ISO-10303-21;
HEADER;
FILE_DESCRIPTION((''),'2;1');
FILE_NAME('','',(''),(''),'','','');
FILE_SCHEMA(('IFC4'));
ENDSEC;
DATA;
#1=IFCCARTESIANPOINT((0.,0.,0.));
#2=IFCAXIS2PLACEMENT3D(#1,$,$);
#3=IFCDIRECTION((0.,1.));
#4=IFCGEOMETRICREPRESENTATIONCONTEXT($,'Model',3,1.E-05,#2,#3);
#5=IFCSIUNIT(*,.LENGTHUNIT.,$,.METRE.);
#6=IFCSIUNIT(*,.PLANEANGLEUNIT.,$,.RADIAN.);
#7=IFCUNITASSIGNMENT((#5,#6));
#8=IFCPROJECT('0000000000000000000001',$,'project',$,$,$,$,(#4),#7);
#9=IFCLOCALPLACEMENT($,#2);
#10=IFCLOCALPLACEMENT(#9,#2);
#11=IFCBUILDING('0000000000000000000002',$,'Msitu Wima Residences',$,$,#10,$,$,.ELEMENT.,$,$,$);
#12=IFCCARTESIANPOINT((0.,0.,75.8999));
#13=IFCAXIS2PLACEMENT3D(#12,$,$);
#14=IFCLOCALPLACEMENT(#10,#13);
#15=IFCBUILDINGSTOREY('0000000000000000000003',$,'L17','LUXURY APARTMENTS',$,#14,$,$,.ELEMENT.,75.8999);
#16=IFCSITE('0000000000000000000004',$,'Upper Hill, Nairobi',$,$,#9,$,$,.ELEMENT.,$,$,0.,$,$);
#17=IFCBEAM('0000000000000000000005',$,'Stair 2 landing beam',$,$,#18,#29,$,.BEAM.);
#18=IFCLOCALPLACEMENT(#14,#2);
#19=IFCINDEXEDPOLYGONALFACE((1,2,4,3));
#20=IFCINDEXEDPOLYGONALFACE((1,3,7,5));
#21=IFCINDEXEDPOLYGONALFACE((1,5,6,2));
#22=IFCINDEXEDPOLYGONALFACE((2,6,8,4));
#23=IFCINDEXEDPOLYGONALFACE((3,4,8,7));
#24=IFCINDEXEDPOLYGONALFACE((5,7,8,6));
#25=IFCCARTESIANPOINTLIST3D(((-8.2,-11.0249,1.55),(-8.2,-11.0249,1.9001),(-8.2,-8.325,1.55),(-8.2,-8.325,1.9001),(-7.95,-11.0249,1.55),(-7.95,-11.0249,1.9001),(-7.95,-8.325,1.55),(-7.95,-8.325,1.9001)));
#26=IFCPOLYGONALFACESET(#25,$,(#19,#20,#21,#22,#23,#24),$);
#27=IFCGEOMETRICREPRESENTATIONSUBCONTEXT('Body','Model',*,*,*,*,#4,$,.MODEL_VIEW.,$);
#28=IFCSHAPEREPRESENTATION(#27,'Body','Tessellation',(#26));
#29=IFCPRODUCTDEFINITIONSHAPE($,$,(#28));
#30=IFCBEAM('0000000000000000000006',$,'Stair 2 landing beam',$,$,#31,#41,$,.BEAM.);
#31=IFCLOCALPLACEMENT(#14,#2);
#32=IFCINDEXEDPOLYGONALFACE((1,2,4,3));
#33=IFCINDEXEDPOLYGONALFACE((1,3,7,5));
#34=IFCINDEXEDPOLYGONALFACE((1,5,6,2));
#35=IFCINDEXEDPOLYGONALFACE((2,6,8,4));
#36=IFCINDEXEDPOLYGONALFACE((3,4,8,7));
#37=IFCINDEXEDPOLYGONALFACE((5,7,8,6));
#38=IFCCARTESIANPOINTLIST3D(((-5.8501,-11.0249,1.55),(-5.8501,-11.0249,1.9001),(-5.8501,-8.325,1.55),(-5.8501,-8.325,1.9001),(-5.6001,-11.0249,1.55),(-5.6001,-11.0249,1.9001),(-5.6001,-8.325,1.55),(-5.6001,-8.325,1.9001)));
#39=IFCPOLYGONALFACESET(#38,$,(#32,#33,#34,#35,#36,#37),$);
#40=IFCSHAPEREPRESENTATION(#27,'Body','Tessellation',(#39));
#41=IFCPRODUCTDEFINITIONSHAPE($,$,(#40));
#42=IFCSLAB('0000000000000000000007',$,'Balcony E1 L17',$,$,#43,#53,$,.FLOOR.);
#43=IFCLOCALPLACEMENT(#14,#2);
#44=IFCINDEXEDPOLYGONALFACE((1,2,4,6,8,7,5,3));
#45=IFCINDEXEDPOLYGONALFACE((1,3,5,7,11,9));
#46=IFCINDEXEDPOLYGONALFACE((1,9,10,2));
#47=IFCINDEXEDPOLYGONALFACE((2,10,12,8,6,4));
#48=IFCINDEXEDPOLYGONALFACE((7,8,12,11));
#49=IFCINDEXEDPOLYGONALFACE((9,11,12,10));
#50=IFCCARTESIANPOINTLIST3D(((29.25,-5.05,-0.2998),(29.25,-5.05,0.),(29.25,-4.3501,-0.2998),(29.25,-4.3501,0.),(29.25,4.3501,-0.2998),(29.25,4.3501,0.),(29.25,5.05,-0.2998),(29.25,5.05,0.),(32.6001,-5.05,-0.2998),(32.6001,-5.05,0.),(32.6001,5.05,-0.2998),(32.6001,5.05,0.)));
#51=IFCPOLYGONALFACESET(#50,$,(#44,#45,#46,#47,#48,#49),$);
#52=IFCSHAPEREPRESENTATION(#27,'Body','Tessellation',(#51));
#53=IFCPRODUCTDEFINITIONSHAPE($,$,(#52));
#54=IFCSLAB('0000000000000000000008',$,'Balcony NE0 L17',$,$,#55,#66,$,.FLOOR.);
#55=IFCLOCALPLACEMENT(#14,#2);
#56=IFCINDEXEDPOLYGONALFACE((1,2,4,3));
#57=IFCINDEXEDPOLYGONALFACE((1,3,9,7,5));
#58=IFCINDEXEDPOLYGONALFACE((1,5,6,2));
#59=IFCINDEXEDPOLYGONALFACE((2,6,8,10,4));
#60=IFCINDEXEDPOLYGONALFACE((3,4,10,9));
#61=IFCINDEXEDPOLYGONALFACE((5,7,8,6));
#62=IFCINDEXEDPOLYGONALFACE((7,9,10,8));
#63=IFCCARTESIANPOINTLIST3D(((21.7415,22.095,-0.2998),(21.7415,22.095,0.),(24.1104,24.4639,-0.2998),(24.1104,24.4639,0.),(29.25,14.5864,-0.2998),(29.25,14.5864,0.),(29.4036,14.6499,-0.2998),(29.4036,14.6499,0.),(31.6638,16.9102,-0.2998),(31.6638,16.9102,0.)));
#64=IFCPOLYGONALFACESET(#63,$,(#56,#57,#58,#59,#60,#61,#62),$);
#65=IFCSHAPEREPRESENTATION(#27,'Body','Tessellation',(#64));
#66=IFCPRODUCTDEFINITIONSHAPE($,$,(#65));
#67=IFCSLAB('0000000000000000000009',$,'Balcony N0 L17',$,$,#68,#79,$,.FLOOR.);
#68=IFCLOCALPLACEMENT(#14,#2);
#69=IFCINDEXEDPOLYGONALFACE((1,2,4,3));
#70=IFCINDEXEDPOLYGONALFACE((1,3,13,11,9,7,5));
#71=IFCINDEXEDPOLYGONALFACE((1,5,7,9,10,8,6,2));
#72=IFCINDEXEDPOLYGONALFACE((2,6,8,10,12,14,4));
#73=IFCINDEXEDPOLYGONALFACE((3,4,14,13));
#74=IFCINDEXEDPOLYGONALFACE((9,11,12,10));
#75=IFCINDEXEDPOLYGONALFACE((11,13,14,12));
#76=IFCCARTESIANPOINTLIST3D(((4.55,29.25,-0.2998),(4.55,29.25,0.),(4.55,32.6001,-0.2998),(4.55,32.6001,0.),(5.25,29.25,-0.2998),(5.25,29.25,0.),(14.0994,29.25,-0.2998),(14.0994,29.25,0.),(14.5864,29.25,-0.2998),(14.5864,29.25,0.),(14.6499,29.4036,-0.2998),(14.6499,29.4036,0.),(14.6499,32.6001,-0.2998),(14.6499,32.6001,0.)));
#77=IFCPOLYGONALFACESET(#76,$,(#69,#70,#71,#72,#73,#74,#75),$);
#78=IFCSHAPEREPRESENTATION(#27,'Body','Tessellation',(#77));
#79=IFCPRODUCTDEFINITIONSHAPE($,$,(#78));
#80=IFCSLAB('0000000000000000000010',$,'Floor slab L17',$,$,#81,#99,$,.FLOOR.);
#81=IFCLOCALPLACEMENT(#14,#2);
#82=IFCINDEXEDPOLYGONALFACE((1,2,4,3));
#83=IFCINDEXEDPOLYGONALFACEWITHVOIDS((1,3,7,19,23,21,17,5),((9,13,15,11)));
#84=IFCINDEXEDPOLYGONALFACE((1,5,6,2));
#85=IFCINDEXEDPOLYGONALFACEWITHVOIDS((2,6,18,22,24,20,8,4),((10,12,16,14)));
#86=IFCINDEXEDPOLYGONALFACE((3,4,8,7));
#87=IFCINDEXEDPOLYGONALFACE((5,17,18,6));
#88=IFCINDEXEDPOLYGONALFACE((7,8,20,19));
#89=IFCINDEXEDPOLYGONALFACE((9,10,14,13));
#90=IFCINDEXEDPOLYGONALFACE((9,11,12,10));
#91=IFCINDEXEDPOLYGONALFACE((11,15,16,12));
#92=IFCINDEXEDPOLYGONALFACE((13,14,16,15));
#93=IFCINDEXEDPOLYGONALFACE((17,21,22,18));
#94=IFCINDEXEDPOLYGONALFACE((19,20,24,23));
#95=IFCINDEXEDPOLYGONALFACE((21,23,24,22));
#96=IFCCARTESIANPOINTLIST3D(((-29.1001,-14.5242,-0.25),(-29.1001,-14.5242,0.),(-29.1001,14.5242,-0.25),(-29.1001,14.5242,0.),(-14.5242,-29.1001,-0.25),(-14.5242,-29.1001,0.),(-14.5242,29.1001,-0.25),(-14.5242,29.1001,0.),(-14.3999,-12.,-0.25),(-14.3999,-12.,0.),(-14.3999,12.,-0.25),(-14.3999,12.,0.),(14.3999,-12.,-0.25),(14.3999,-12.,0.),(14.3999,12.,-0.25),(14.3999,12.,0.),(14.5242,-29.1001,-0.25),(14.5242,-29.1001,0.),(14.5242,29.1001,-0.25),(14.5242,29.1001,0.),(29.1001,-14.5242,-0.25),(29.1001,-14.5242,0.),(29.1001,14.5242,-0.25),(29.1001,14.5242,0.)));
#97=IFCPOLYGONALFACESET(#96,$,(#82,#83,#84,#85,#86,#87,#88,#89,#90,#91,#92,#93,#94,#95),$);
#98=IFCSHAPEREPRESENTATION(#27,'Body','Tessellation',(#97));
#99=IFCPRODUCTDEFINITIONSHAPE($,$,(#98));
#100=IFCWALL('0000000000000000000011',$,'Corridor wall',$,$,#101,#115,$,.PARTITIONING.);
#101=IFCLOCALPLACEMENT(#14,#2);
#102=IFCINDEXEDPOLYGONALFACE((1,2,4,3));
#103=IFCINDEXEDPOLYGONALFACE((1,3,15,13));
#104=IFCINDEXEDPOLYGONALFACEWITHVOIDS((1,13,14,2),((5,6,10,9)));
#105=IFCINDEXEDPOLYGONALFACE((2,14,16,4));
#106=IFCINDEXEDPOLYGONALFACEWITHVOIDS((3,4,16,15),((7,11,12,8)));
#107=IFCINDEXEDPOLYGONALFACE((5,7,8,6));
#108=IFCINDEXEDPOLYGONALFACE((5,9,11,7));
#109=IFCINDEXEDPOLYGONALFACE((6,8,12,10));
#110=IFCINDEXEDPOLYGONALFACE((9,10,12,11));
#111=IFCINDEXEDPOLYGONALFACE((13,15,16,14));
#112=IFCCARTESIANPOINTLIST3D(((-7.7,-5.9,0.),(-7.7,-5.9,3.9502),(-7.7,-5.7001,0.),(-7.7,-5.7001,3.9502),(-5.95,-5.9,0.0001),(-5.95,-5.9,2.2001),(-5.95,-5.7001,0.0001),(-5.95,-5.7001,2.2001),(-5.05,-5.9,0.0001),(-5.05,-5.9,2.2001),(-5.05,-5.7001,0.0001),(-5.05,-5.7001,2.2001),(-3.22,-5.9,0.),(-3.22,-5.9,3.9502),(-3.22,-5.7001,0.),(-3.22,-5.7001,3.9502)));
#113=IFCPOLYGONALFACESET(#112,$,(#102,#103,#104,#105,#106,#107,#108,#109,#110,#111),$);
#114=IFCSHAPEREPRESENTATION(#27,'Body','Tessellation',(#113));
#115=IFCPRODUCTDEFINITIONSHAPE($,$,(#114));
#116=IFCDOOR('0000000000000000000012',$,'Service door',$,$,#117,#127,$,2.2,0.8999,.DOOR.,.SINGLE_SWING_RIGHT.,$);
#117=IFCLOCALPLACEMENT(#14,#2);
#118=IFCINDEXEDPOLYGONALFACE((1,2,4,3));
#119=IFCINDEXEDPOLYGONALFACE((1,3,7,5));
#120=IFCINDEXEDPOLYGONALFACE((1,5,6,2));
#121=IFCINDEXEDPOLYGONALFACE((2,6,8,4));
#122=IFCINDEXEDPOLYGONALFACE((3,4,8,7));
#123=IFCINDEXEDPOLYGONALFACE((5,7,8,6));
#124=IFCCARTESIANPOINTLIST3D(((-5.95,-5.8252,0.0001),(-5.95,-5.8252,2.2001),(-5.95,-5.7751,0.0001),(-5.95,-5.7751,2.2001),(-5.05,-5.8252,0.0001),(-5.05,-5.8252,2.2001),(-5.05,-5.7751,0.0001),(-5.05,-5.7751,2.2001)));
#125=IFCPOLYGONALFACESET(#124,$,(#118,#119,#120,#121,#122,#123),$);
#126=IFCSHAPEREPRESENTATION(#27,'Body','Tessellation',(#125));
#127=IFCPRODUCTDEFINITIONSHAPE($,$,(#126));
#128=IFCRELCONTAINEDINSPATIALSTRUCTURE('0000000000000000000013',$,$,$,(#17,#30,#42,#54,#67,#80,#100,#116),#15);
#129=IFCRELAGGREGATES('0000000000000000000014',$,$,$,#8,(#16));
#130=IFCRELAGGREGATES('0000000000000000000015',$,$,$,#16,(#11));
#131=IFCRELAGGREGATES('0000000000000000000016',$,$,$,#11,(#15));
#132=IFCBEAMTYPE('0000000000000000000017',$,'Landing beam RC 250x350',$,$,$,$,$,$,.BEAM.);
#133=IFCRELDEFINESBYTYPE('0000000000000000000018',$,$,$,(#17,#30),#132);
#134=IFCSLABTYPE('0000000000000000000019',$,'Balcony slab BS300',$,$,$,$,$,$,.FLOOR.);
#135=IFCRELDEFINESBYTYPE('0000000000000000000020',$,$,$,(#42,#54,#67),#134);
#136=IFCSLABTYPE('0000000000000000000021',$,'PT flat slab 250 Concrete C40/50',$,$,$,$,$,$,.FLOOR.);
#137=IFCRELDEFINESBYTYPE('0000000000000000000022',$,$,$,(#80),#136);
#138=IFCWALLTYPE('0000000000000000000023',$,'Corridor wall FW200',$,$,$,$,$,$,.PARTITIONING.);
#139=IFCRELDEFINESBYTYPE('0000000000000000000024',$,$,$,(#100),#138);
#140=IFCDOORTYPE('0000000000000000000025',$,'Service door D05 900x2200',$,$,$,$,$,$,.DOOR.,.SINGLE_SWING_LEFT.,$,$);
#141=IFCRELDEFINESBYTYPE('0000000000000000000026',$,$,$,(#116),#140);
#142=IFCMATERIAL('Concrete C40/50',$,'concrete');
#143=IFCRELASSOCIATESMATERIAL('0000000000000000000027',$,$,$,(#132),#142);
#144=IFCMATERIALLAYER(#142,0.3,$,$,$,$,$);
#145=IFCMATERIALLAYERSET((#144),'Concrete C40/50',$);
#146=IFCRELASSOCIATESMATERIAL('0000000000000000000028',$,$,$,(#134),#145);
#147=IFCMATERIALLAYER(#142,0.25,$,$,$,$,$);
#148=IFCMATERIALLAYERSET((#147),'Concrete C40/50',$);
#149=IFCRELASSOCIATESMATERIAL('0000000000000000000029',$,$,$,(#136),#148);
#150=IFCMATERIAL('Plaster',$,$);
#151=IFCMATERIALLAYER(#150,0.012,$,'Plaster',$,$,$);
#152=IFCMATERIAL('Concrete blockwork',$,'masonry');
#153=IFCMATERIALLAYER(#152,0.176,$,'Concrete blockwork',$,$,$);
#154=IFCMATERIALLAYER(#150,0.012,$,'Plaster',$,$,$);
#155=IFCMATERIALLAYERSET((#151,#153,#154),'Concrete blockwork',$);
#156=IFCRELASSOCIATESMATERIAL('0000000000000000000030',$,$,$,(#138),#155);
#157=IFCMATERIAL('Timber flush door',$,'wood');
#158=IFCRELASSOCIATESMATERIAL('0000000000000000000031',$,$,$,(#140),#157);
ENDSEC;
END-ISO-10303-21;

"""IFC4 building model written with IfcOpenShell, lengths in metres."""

from ifc_helpers import new_model, si_unit, direction, frame, frame_2d, origin, origin_2d, place, context, subcontext, project, spatial, polyline, rectangle, outline, extrude, material, layer, layer_set, material_profile, profile_set, type_object, element, fill, save


model = new_model("IFC4")

# Units and contexts
model_context = context("Model", 3, precision=1e-05, world=origin(), true_north=direction((0.0, 1.0)))
body_context = subcontext(model_context, "Body", "Model", "MODEL_VIEW")
ifc_project = project(units=[si_unit("LENGTHUNIT", "METRE"), si_unit("PLANEANGLEUNIT", "RADIAN")], contexts=[model_context])

# Site, building, storey
site_placement = place(None, origin())
site = spatial("IfcSite", under=ifc_project, at=site_placement, Name="Upper Hill, Nairobi", CompositionType="ELEMENT", RefElevation=0.0)
building_placement = place(site_placement, origin())
building = spatial("IfcBuilding", under=site, at=building_placement, Name="Msitu Wima Residences", CompositionType="ELEMENT")
storey_placement = place(building_placement, frame((0.0, 0.0, 75.8999)))
storey = spatial("IfcBuildingStorey", under=building, at=storey_placement, Name="L17", Description="LUXURY APARTMENTS", CompositionType="ELEMENT", Elevation=75.8999)

# Beams
ifc_material_1 = material(Name="Concrete C40/50", Category="concrete")
ifc_material_profile = material_profile(ifc_material_1, rectangle(XDim=0.25, YDim=0.3501, at=origin_2d()), Name="RC 250x350")
ifc_profile_set = profile_set([ifc_material_profile], Name="Concrete C40/50")
beam_type = type_object("IfcBeamType", Name="Landing beam RC 250x350", PredefinedType="BEAM", material=ifc_profile_set)
for number, where, z_axis, x_axis, name in (
    (1, (-8.075, -11.0249, 1.7251), (0.0, 1.0, 0.0), (-1.0, 0.0, 0.0), "Stair 2 landing beam"),
    (2, (-5.7251, -11.0249, 1.7251), (0.0, 1.0, 0.0), (-1.0, 0.0, 0.0), "Stair 2 landing beam"),
):
    element("IfcBeam", number, at=place(storey_placement, frame(where, z_axis=z_axis, x_axis=x_axis)), inside=storey, type_object=beam_type, Name=name, PredefinedType="BEAM", context=body_context, shape_type="SweptSolid", body=[
        extrude(rectangle(XDim=0.25, YDim=0.3501, at=origin_2d()), origin(), (0.0, 0.0, 1.0), 2.7),
    ])

# Slabs
ifc_layer_1 = layer(ifc_material_1, 0.3)
ifc_layer_set_1 = layer_set([ifc_layer_1], Name="Concrete C40/50")
slab_type_1 = type_object("IfcSlabType", Name="Balcony slab BS300", PredefinedType="FLOOR", material=ifc_layer_set_1)
slab_1_placement = place(storey_placement, frame((0.0, 0.0, -0.2998)))
element("IfcSlab", 3, at=slab_1_placement, inside=storey, type_object=slab_type_1, Name="Balcony E1 L17", PredefinedType="FLOOR", context=body_context, shape_type="SweptSolid", body=[
    extrude(outline(polyline([(29.25, -4.3501), (29.25, 4.3501), (29.25, 5.05), (32.6001, 5.05), (32.6001, -5.05), (29.25, -5.05), (29.25, -4.3501)])), origin(), (0.0, 0.0, 1.0), 0.2998),
])
slab_2_placement = place(storey_placement, frame((0.0, 0.0, -0.2998)))
element("IfcSlab", 4, at=slab_2_placement, inside=storey, type_object=slab_type_1, Name="Balcony NE0 L17", PredefinedType="FLOOR", context=body_context, shape_type="SweptSolid", body=[
    extrude(outline(polyline([(24.1104, 24.4639), (31.6638, 16.9102), (29.4036, 14.6499), (29.25, 14.5864), (21.7415, 22.095), (24.1104, 24.4639)])), origin(), (0.0, 0.0, 1.0), 0.2998),
])
slab_3_placement = place(storey_placement, frame((0.0, 0.0, -0.2998)))
element("IfcSlab", 5, at=slab_3_placement, inside=storey, type_object=slab_type_1, Name="Balcony N0 L17", PredefinedType="FLOOR", context=body_context, shape_type="SweptSolid", body=[
    extrude(outline(polyline([(14.0994, 29.25), (14.0994, 29.25), (5.25, 29.25), (4.55, 29.25), (4.55, 32.6001), (14.6499, 32.6001), (14.6499, 29.4036), (14.5864, 29.25), (14.0994, 29.25), (14.0994, 29.25)])), origin(), (0.0, 0.0, 1.0), 0.2998),
])
ifc_layer_2 = layer(ifc_material_1, 0.25)
ifc_layer_set_2 = layer_set([ifc_layer_2], Name="Concrete C40/50")
slab_type_2 = type_object("IfcSlabType", Name="PT flat slab 250 Concrete C40/50", PredefinedType="FLOOR", material=ifc_layer_set_2)
slab_4_placement = place(storey_placement, frame((0.0, 0.0, -0.25)))
element("IfcSlab", 6, at=slab_4_placement, inside=storey, type_object=slab_type_2, Name="Floor slab L17", PredefinedType="FLOOR", context=body_context, shape_type="SweptSolid", body=[
    extrude(outline(polyline([(29.1001, -14.5242), (14.5242, -29.1001), (-14.5242, -29.1001), (-29.1001, -14.5242), (-29.1001, 14.5242), (-14.5242, 29.1001), (14.5242, 29.1001), (29.1001, 14.5242), (29.1001, -14.5242)]), holes=[polyline([(-14.3999, -12.0), (14.3999, -12.0), (14.3999, 12.0), (-14.3999, 12.0), (-14.3999, -12.0)])]), origin(), (0.0, 0.0, 1.0), 0.25),
])

# Wall, opening, door
ifc_material_2 = material(Name="Plaster")
ifc_layer_3 = layer(ifc_material_2, 0.012, Name="Plaster")
ifc_material_3 = material(Name="Concrete blockwork", Category="masonry")
ifc_layer_4 = layer(ifc_material_3, 0.176, Name="Concrete blockwork")
ifc_layer_5 = layer(ifc_material_2, 0.012, Name="Plaster")
ifc_layer_set_3 = layer_set([ifc_layer_3, ifc_layer_4, ifc_layer_5], Name="Concrete blockwork")
wall_type_1 = type_object("IfcWallType", Name="Corridor wall FW200", PredefinedType="PARTITIONING", material=ifc_layer_set_3)
wall_1_placement = place(storey_placement, frame((-7.7, -5.8, 0.0), z_axis=(0.0, 0.0, 1.0), x_axis=(1.0, 0.0, 0.0)))
wall_1 = element("IfcWall", 7, at=wall_1_placement, inside=storey, type_object=wall_type_1, Name="Corridor wall", PredefinedType="PARTITIONING", context=body_context, shape_type="SweptSolid", body=[
    extrude(rectangle(XDim=4.48, YDim=0.2, at=frame_2d((2.24, 0.0))), origin(), (0.0, 0.0, 1.0), 3.9502),
])
opening_1_placement = place(wall_1_placement, frame((1.75, 0.0, 0.0)))
opening_1 = element("IfcOpeningElement", 8, at=opening_1_placement, cuts=wall_1, PredefinedType="OPENING", context=body_context, shape_type="SweptSolid", body=[
    extrude(rectangle(XDim=0.8999, YDim=2.2, at=frame_2d((0.45, 1.1001))), frame((0.0, 0.1099, 0.0), z_axis=(0.0, -1.0, 0.0), x_axis=(1.0, 0.0, 0.0)), (0.0, 0.0, 1.0), 0.22),
])
ifc_material_4 = material(Name="Timber flush door", Category="wood")
door_type_1 = type_object("IfcDoorType", Name="Service door D05 900x2200", OperationType="SINGLE_SWING_LEFT", PredefinedType="DOOR", material=ifc_material_4)
door_1_placement = place(opening_1_placement, origin())
door_1 = element("IfcDoor", 9, at=door_1_placement, inside=storey, type_object=door_type_1, Name="Service door", OperationType="SINGLE_SWING_RIGHT", OverallHeight=2.2, OverallWidth=0.8999, PredefinedType="DOOR", context=body_context, shape_type="SweptSolid", body=[
    extrude(rectangle(XDim=0.8999, YDim=2.2, at=frame_2d((0.45, 1.1001))), frame((0.0, 0.0249, 0.0), z_axis=(0.0, -1.0, 0.0), x_axis=(1.0, 0.0, 0.0)), (0.0, 0.0, 1.0), 0.05),
])
fill(opening_1, door_1)

save(model, "model.ifc")
